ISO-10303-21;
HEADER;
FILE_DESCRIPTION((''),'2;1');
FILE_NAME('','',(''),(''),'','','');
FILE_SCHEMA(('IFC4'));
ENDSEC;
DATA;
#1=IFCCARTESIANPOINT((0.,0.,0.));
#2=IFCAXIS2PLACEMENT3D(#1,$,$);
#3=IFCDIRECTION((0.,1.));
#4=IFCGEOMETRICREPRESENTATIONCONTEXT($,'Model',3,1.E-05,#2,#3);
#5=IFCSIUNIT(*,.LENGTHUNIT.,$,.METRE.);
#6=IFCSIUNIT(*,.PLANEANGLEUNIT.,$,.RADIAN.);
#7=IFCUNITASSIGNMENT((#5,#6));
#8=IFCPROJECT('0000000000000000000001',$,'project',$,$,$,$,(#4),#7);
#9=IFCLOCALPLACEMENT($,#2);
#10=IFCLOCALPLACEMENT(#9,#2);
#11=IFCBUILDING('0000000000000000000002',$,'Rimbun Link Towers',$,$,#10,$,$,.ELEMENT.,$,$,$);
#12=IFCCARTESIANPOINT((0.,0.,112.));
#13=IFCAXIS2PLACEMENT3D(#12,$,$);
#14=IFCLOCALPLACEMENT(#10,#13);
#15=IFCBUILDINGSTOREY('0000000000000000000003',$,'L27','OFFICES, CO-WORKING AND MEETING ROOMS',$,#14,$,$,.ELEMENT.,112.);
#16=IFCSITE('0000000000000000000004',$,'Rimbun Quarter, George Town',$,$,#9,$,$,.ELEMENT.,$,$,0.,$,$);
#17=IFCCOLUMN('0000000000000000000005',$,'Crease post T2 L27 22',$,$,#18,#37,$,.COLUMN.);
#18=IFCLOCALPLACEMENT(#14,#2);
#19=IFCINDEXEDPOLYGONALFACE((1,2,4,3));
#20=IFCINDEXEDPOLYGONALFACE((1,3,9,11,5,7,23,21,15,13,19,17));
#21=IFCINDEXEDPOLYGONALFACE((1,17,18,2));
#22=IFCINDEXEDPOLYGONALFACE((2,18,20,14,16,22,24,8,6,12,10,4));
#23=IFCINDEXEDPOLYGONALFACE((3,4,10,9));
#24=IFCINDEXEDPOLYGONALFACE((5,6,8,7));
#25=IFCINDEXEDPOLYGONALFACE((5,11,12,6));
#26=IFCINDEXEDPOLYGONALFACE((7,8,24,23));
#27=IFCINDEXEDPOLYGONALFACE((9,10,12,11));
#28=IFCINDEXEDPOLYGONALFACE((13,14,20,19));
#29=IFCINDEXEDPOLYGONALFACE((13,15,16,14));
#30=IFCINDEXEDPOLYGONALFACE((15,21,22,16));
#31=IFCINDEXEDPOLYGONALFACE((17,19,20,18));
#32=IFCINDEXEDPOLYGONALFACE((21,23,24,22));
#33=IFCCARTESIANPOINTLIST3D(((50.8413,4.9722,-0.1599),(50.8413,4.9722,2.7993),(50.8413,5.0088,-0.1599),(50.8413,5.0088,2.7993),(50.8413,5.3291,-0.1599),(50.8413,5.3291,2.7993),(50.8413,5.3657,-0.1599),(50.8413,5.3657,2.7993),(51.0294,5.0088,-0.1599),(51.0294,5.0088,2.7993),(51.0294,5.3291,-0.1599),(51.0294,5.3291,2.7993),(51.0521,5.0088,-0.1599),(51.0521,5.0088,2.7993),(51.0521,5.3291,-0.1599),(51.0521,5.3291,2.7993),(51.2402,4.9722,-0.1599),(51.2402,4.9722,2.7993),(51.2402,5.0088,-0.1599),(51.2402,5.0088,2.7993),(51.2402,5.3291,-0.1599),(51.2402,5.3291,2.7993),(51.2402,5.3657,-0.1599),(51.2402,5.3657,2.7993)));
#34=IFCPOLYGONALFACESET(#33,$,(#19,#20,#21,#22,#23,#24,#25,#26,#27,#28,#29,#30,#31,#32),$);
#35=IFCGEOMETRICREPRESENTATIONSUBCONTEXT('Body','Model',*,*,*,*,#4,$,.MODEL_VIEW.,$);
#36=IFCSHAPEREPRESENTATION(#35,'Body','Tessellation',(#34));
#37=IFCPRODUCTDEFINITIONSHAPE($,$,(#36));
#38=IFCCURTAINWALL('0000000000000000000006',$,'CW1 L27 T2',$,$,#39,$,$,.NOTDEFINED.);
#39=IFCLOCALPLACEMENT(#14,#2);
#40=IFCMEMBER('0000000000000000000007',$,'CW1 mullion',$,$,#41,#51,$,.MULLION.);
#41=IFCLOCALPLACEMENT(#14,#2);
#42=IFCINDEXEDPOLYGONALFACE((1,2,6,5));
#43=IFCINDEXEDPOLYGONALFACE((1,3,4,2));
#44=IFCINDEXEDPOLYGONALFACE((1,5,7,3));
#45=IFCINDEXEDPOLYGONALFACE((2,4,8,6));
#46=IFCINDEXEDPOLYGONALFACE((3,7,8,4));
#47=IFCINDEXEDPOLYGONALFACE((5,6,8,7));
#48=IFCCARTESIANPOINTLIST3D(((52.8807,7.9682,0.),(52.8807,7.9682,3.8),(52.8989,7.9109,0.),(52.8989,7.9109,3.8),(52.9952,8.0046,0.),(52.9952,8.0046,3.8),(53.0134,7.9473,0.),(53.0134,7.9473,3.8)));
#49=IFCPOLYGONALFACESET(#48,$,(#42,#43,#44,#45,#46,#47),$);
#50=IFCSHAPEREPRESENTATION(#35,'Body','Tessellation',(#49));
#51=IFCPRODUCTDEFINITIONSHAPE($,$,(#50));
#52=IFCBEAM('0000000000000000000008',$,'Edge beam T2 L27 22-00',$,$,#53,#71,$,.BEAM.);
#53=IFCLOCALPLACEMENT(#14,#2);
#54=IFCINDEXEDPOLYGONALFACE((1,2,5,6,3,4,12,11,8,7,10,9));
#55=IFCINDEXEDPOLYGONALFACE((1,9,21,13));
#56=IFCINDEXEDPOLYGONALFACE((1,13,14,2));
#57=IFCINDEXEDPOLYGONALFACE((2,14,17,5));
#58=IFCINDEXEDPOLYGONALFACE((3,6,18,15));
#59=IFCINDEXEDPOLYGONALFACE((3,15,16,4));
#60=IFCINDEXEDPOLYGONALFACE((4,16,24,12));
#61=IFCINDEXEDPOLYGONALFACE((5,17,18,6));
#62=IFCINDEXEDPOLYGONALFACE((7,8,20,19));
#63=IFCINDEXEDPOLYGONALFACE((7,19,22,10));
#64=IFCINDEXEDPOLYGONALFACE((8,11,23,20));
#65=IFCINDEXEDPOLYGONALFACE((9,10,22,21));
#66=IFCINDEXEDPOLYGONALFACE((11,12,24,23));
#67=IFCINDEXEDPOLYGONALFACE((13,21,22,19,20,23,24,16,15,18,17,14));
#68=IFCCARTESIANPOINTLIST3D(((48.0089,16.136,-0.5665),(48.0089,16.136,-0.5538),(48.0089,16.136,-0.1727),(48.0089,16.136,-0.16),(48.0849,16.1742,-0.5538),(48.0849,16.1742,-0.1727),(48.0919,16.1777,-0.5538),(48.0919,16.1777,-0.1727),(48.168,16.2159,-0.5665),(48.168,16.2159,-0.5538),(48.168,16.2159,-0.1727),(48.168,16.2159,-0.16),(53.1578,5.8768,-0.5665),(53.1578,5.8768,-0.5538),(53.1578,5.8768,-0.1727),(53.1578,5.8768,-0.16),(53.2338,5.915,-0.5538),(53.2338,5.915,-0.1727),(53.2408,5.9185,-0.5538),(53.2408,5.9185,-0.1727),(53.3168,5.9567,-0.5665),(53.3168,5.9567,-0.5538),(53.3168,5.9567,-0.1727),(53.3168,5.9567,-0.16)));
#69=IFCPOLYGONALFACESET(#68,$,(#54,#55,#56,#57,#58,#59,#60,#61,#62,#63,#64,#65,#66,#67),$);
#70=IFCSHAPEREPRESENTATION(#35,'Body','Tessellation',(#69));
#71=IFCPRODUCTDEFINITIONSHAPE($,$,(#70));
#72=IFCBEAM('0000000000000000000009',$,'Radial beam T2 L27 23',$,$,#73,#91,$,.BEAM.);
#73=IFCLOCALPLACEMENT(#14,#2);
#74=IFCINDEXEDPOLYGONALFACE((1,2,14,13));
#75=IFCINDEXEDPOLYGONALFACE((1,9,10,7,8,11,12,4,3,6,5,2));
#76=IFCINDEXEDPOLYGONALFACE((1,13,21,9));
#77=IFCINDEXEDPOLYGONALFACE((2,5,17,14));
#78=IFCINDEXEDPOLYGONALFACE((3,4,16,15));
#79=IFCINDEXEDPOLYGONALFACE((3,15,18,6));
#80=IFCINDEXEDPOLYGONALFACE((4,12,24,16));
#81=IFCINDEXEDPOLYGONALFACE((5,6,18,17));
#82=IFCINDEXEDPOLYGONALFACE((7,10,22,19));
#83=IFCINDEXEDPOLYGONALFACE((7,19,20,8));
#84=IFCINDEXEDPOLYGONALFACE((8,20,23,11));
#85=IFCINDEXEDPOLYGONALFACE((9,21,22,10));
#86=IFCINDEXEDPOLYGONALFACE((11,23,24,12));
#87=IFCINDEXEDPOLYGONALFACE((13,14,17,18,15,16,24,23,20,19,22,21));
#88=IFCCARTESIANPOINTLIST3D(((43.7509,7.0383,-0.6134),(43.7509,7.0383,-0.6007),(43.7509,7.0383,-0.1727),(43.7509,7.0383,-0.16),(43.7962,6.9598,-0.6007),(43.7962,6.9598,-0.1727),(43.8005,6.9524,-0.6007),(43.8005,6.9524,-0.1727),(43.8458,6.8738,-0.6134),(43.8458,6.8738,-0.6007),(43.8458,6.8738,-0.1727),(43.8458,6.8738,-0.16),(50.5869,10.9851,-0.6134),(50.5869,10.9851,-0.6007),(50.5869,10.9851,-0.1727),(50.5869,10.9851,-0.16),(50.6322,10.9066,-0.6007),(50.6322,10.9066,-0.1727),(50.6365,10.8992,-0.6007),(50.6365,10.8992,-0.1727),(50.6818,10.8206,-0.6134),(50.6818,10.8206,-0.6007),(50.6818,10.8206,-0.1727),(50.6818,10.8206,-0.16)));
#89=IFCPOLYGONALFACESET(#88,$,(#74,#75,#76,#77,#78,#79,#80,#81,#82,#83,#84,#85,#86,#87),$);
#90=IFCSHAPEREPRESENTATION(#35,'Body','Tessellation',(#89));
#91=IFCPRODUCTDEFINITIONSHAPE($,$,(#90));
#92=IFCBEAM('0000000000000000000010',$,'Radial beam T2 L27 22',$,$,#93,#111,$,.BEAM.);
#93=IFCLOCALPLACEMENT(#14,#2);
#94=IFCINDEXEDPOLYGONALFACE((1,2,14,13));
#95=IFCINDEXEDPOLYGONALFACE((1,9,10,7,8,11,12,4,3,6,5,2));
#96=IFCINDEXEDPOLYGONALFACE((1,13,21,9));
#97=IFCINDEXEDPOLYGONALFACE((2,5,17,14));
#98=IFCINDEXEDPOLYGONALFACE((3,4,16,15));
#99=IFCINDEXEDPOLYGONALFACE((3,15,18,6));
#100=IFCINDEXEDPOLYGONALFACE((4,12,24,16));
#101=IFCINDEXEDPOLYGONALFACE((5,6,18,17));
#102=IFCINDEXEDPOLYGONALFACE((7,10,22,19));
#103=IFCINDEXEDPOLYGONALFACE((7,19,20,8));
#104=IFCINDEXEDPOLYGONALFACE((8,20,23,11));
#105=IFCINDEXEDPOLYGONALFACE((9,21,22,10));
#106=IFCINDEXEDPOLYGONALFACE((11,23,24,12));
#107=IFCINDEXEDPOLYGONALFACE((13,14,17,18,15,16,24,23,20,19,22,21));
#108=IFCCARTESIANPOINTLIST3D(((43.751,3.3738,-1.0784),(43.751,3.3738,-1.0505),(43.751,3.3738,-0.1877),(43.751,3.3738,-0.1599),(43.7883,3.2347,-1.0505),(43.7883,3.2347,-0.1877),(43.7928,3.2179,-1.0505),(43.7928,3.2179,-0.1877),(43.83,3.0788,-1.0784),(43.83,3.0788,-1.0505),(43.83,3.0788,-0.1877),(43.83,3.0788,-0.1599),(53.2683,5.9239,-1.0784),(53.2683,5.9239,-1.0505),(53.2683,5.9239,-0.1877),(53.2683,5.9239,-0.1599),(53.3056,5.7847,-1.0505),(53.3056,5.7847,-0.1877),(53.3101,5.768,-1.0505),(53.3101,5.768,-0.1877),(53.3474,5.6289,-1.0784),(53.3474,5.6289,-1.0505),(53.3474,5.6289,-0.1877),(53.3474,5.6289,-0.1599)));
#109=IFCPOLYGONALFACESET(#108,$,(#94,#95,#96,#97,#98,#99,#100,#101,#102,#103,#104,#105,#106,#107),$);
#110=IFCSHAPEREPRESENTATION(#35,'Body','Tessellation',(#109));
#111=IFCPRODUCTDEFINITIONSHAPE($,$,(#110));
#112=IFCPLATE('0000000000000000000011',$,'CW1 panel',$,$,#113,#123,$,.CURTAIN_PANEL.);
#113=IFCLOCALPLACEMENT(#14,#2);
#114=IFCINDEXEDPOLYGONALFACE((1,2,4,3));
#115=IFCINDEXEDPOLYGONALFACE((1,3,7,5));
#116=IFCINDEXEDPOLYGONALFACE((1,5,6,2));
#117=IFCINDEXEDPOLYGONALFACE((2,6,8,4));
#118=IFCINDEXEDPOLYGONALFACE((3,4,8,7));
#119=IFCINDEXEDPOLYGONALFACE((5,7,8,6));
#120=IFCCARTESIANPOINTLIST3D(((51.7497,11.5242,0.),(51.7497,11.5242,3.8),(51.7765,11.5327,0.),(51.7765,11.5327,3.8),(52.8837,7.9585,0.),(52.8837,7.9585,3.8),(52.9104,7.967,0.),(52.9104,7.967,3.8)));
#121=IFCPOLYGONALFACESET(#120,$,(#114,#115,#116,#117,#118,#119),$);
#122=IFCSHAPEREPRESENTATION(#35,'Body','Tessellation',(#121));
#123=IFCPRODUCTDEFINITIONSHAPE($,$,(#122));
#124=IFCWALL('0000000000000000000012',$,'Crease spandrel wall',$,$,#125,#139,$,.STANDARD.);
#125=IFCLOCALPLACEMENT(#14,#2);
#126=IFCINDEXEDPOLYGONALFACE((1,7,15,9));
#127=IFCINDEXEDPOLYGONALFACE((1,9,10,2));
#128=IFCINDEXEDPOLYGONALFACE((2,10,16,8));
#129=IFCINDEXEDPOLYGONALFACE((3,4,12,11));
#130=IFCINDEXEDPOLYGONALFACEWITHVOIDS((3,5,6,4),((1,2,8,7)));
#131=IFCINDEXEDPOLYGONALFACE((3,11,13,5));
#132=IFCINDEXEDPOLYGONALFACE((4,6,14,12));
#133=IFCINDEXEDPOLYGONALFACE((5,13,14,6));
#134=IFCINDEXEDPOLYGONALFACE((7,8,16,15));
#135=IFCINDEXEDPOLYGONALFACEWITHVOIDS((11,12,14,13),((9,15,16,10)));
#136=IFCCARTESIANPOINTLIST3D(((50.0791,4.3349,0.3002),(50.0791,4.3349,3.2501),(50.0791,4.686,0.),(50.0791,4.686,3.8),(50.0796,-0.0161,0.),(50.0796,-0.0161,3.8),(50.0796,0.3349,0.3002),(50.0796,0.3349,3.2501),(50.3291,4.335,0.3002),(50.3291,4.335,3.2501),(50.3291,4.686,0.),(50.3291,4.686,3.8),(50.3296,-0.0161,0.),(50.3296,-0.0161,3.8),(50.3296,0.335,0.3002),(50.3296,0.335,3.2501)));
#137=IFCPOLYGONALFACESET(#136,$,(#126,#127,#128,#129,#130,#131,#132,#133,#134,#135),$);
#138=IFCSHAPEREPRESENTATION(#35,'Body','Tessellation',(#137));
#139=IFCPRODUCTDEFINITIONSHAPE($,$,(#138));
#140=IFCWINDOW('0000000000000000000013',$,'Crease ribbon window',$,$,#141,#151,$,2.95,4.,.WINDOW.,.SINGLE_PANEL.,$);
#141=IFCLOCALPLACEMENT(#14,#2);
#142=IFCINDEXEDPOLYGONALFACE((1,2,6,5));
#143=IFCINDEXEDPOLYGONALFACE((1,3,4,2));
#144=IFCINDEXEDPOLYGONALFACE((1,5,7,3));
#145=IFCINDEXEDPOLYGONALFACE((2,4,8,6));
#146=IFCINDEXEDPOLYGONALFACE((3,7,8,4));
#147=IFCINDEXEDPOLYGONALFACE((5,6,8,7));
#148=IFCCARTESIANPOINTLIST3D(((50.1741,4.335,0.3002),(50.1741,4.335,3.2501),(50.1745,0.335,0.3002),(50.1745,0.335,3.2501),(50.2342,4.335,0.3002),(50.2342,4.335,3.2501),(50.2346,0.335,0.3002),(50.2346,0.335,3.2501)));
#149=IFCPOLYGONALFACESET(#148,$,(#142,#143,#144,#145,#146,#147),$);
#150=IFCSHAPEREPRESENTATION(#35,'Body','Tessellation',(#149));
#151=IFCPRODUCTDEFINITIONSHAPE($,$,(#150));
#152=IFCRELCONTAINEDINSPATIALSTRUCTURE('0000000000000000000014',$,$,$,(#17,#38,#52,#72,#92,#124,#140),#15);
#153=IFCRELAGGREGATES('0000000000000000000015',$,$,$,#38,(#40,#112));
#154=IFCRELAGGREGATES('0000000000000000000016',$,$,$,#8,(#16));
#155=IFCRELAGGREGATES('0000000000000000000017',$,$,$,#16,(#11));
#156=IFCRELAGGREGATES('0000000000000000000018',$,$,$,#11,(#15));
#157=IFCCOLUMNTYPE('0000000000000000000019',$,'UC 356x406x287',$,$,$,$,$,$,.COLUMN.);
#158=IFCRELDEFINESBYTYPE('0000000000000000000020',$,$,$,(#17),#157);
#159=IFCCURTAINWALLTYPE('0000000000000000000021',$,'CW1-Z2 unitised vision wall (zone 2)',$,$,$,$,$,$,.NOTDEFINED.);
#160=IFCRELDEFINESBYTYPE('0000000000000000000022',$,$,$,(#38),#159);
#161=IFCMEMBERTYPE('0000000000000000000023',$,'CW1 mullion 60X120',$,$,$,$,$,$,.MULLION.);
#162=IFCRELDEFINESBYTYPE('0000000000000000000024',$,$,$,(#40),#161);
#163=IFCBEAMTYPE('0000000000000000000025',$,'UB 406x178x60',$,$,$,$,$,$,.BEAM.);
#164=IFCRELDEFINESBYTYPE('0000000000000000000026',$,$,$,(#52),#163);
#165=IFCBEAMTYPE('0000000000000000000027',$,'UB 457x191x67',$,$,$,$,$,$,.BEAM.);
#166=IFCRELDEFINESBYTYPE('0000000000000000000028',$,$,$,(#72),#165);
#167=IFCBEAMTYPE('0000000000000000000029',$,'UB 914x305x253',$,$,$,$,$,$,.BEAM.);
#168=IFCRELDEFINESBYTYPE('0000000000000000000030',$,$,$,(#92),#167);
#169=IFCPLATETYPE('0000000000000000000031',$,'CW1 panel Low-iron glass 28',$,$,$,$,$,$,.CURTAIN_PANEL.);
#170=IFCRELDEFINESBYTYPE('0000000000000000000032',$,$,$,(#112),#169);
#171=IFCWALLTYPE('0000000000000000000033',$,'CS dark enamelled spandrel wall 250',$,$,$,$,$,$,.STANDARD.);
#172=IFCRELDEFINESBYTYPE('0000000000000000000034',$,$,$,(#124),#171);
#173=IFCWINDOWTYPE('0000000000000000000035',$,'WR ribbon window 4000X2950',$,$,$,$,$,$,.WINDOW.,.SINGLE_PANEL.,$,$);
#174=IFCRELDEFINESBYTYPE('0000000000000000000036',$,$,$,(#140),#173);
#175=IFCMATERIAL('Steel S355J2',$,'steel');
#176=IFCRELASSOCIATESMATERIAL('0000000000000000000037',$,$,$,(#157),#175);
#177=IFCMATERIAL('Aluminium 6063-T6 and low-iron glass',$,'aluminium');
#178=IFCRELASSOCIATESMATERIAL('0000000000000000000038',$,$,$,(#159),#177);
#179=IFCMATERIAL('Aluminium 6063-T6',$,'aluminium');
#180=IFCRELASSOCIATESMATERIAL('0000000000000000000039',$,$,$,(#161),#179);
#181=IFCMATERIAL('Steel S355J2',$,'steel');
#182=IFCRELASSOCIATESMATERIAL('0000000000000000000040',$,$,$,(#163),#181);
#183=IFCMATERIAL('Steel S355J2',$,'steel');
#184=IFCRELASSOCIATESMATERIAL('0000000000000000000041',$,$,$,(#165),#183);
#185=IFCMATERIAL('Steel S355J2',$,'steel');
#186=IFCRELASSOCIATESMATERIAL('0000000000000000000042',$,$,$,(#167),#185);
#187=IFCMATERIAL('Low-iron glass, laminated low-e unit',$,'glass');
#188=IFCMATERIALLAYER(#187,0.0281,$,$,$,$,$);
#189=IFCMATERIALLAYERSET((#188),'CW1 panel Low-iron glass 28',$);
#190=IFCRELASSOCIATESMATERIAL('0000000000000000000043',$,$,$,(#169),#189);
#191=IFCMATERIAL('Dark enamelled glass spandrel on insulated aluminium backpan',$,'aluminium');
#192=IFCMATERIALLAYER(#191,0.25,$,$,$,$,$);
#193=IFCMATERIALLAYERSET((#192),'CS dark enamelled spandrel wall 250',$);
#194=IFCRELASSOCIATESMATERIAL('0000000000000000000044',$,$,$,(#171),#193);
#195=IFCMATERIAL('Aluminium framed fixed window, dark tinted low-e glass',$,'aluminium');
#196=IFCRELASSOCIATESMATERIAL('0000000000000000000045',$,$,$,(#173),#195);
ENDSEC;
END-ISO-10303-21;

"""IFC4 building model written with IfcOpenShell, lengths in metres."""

from ifc_helpers import new_model, si_unit, direction, frame, frame_2d, origin, origin_2d, place, context, subcontext, project, spatial, rectangle, i_section, extrude, material, layer, layer_set, material_profile, profile_set, type_object, element, fill, aggregate, save


model = new_model("IFC4")

# Units and contexts
model_context = context("Model", 3, precision=1e-05, world=origin(), true_north=direction((0.0, 1.0)))
body_context = subcontext(model_context, "Body", "Model", "MODEL_VIEW")
ifc_project = project(units=[si_unit("LENGTHUNIT", "METRE"), si_unit("PLANEANGLEUNIT", "RADIAN")], contexts=[model_context])

# Site, building, storey
site_placement = place(None, origin())
site = spatial("IfcSite", under=ifc_project, at=site_placement, Name="Rimbun Quarter, George Town", CompositionType="ELEMENT", RefElevation=0.0)
building_placement = place(site_placement, origin())
building = spatial("IfcBuilding", under=site, at=building_placement, Name="Rimbun Link Towers", CompositionType="ELEMENT")
storey_placement = place(building_placement, frame((0.0, 0.0, 112.0)))
storey = spatial("IfcBuildingStorey", under=building, at=storey_placement, Name="L27", Description="OFFICES, CO-WORKING AND MEETING ROOMS", CompositionType="ELEMENT", Elevation=112.0)

# Column
ifc_material_1 = material(Name="Steel S355J2", Category="steel")
ifc_material_profile_1 = material_profile(ifc_material_1, i_section(OverallWidth=0.3989, OverallDepth=0.3936, WebThickness=0.0227, FlangeThickness=0.0366, at=origin_2d()), Name="UC 356x406x287")
ifc_profile_set_1 = profile_set([ifc_material_profile_1], Name="Steel S355J2")
column_type = type_object("IfcColumnType", Name="UC 356x406x287", PredefinedType="COLUMN", material=ifc_profile_set_1)
column_placement = place(storey_placement, frame((51.0408, 5.1689, -0.1599), z_axis=(0.0, 0.0, 1.0), x_axis=(1.0, 0.0, 0.0)))
element("IfcColumn", 1, at=column_placement, inside=storey, type_object=column_type, Name="Crease post T2 L27 22", PredefinedType="COLUMN", context=body_context, shape_type="SweptSolid", body=[
    extrude(i_section(OverallWidth=0.3989, OverallDepth=0.3936, WebThickness=0.0227, FlangeThickness=0.0366, at=origin_2d()), origin(), (0.0, 0.0, 1.0), 2.9592),
])

# Curtain wall, member
ifc_material_2 = material(Name="Aluminium 6063-T6 and low-iron glass", Category="aluminium")
curtain_wall_type = type_object("IfcCurtainWallType", Name="CW1-Z2 unitised vision wall (zone 2)", PredefinedType="NOTDEFINED", material=ifc_material_2)
curtain_wall_placement = place(storey_placement, origin())
curtain_wall = element("IfcCurtainWall", 2, at=curtain_wall_placement, inside=storey, type_object=curtain_wall_type, Name="CW1 L27 T2", PredefinedType="NOTDEFINED")
ifc_material_3 = material(Name="Aluminium 6063-T6", Category="aluminium")
ifc_material_profile_2 = material_profile(ifc_material_3, rectangle(XDim=0.1201, YDim=0.0601, at=origin_2d()), Name="MULLION 60X120")
ifc_profile_set_2 = profile_set([ifc_material_profile_2], Name="Aluminium 6063-T6")
member_type_1 = type_object("IfcMemberType", Name="CW1 mullion 60X120", PredefinedType="MULLION", material=ifc_profile_set_2)
member_1_placement = place(storey_placement, frame((52.947, 7.9578, 0.0), z_axis=(0.0, 0.0, 1.0), x_axis=(0.952972, 0.303057, 0.0)))
member_1 = element("IfcMember", 3, at=member_1_placement, type_object=member_type_1, Name="CW1 mullion", PredefinedType="MULLION", context=body_context, shape_type="SweptSolid", body=[
    extrude(rectangle(XDim=0.1201, YDim=0.0601, at=origin_2d()), origin(), (0.0, 0.0, 1.0), 3.8),
])

# Beams
ifc_material_4 = material(Name="Steel S355J2", Category="steel")
ifc_material_profile_3 = material_profile(ifc_material_4, i_section(OverallWidth=0.178, OverallDepth=0.4065, WebThickness=0.0078, FlangeThickness=0.0127, at=origin_2d()), Name="UB 406x178x60")
ifc_profile_set_3 = profile_set([ifc_material_profile_3], Name="Steel S355J2")
beam_type_1 = type_object("IfcBeamType", Name="UB 406x178x60", PredefinedType="BEAM", material=ifc_profile_set_3)
beam_1_placement = place(storey_placement, frame((53.2373, 5.9167, -0.3633), z_axis=(-0.448557, 0.893754, 0.0), x_axis=(-0.893754, -0.448557, 0.0)))
element("IfcBeam", 4, at=beam_1_placement, inside=storey, type_object=beam_type_1, Name="Edge beam T2 L27 22-00", PredefinedType="BEAM", context=body_context, shape_type="SweptSolid", body=[
    extrude(i_section(OverallWidth=0.178, OverallDepth=0.4065, WebThickness=0.0078, FlangeThickness=0.0127, at=origin_2d()), origin(), (0.0, 0.0, 1.0), 11.4788),
])
ifc_material_5 = material(Name="Steel S355J2", Category="steel")
ifc_material_profile_4 = material_profile(ifc_material_5, i_section(OverallWidth=0.1899, OverallDepth=0.4534, WebThickness=0.0085, FlangeThickness=0.0127, at=origin_2d()), Name="UB 457x191x67")
ifc_profile_set_4 = profile_set([ifc_material_profile_4], Name="Steel S355J2")
beam_type_2 = type_object("IfcBeamType", Name="UB 457x191x67", PredefinedType="BEAM", material=ifc_profile_set_4)
beam_2_placement = place(storey_placement, frame((43.7983, 6.9561, -0.3867), z_axis=(0.866023, 0.500004, 0.0), x_axis=(-0.500004, 0.866023, 0.0)))
element("IfcBeam", 5, at=beam_2_placement, inside=storey, type_object=beam_type_2, Name="Radial beam T2 L27 23", PredefinedType="BEAM", context=body_context, shape_type="SweptSolid", body=[
    extrude(i_section(OverallWidth=0.1899, OverallDepth=0.4534, WebThickness=0.0085, FlangeThickness=0.0127, at=origin_2d()), origin(), (0.0, 0.0, 1.0), 7.8936),
])
ifc_material_6 = material(Name="Steel S355J2", Category="steel")
ifc_material_profile_5 = material_profile(ifc_material_6, i_section(OverallWidth=0.3054, OverallDepth=0.9185, WebThickness=0.0173, FlangeThickness=0.0278, at=origin_2d()), Name="UB 914x305x253")
ifc_profile_set_5 = profile_set([ifc_material_profile_5], Name="Steel S355J2")
beam_type_3 = type_object("IfcBeamType", Name="UB 914x305x253", PredefinedType="BEAM", material=ifc_profile_set_5)
beam_3_placement = place(storey_placement, frame((43.7905, 3.2263, -0.6191), z_axis=(0.965929, 0.258808, 0.0), x_axis=(-0.258808, 0.965929, 0.0)))
element("IfcBeam", 6, at=beam_3_placement, inside=storey, type_object=beam_type_3, Name="Radial beam T2 L27 22", PredefinedType="BEAM", context=body_context, shape_type="SweptSolid", body=[
    extrude(i_section(OverallWidth=0.3054, OverallDepth=0.9185, WebThickness=0.0173, FlangeThickness=0.0278, at=origin_2d()), origin(), (0.0, 0.0, 1.0), 9.853),
])

# Plate
ifc_material_7 = material(Name="Low-iron glass, laminated low-e unit", Category="glass")
ifc_layer_1 = layer(ifc_material_7, 0.0281)
ifc_layer_set_1 = layer_set([ifc_layer_1], Name="CW1 panel Low-iron glass 28")
plate_type = type_object("IfcPlateType", Name="CW1 panel Low-iron glass 28", PredefinedType="CURTAIN_PANEL", material=ifc_layer_set_1)
plate_placement = place(storey_placement, frame((52.3301, 9.7456, 0.0), z_axis=(0.0, 0.0, 1.0), x_axis=(0.303057, -0.952972, 0.0)))
plate = element("IfcPlate", 7, at=plate_placement, type_object=plate_type, Name="CW1 panel", PredefinedType="CURTAIN_PANEL", context=body_context, shape_type="SweptSolid", body=[
    extrude(rectangle(XDim=3.7417, YDim=0.0281, at=origin_2d()), origin(), (0.0, 0.0, 1.0), 3.8),
])
aggregate(curtain_wall, [member_1, plate])

# Wall, opening, window
ifc_material_8 = material(Name="Dark enamelled glass spandrel on insulated aluminium backpan", Category="aluminium")
ifc_layer_2 = layer(ifc_material_8, 0.25)
ifc_layer_set_2 = layer_set([ifc_layer_2], Name="CS dark enamelled spandrel wall 250")
wall_type_1 = type_object("IfcWallType", Name="CS dark enamelled spandrel wall 250", PredefinedType="STANDARD", material=ifc_layer_set_2)
wall_1_placement = place(storey_placement, frame((50.2041, 4.686, 0.0), z_axis=(0.0, 0.0, 1.0), x_axis=(0.000104, -1.0, 0.0)))
wall_1 = element("IfcWall", 8, at=wall_1_placement, inside=storey, type_object=wall_type_1, Name="Crease spandrel wall", PredefinedType="STANDARD", context=body_context, shape_type="SweptSolid", body=[
    extrude(rectangle(XDim=4.7021, YDim=0.25, at=frame_2d((2.3511, 0.0))), origin(), (0.0, 0.0, 1.0), 3.8),
])
opening_1_placement = place(wall_1_placement, frame((0.3511, 0.0, 0.3)))
opening_1 = element("IfcOpeningElement", 9, at=opening_1_placement, cuts=wall_1, PredefinedType="OPENING", context=body_context, shape_type="SweptSolid", body=[
    extrude(rectangle(XDim=4.0, YDim=2.95, at=frame_2d((2.0, 1.4751))), frame((0.0, 0.135, 0.0), z_axis=(0.0, -1.0, 0.0), x_axis=(1.0, 0.0, 0.0)), (0.0, 0.0, 1.0), 0.27),
])
ifc_material_9 = material(Name="Aluminium framed fixed window, dark tinted low-e glass", Category="aluminium")
window_type_1 = type_object("IfcWindowType", Name="WR ribbon window 4000X2950", PartitioningType="SINGLE_PANEL", PredefinedType="WINDOW", material=ifc_material_9)
window_1_placement = place(opening_1_placement, origin())
window_1 = element("IfcWindow", 10, at=window_1_placement, inside=storey, type_object=window_type_1, Name="Crease ribbon window", OverallHeight=2.95, OverallWidth=4.0, PartitioningType="SINGLE_PANEL", PredefinedType="WINDOW", context=body_context, shape_type="SweptSolid", body=[
    extrude(rectangle(XDim=4.0, YDim=2.95, at=frame_2d((2.0, 1.4751))), frame((0.0, 0.03, 0.0), z_axis=(0.0, -1.0, 0.0), x_axis=(1.0, 0.0, 0.0)), (0.0, 0.0, 1.0), 0.0601),
])
fill(opening_1, window_1)

save(model, "model.ifc")
